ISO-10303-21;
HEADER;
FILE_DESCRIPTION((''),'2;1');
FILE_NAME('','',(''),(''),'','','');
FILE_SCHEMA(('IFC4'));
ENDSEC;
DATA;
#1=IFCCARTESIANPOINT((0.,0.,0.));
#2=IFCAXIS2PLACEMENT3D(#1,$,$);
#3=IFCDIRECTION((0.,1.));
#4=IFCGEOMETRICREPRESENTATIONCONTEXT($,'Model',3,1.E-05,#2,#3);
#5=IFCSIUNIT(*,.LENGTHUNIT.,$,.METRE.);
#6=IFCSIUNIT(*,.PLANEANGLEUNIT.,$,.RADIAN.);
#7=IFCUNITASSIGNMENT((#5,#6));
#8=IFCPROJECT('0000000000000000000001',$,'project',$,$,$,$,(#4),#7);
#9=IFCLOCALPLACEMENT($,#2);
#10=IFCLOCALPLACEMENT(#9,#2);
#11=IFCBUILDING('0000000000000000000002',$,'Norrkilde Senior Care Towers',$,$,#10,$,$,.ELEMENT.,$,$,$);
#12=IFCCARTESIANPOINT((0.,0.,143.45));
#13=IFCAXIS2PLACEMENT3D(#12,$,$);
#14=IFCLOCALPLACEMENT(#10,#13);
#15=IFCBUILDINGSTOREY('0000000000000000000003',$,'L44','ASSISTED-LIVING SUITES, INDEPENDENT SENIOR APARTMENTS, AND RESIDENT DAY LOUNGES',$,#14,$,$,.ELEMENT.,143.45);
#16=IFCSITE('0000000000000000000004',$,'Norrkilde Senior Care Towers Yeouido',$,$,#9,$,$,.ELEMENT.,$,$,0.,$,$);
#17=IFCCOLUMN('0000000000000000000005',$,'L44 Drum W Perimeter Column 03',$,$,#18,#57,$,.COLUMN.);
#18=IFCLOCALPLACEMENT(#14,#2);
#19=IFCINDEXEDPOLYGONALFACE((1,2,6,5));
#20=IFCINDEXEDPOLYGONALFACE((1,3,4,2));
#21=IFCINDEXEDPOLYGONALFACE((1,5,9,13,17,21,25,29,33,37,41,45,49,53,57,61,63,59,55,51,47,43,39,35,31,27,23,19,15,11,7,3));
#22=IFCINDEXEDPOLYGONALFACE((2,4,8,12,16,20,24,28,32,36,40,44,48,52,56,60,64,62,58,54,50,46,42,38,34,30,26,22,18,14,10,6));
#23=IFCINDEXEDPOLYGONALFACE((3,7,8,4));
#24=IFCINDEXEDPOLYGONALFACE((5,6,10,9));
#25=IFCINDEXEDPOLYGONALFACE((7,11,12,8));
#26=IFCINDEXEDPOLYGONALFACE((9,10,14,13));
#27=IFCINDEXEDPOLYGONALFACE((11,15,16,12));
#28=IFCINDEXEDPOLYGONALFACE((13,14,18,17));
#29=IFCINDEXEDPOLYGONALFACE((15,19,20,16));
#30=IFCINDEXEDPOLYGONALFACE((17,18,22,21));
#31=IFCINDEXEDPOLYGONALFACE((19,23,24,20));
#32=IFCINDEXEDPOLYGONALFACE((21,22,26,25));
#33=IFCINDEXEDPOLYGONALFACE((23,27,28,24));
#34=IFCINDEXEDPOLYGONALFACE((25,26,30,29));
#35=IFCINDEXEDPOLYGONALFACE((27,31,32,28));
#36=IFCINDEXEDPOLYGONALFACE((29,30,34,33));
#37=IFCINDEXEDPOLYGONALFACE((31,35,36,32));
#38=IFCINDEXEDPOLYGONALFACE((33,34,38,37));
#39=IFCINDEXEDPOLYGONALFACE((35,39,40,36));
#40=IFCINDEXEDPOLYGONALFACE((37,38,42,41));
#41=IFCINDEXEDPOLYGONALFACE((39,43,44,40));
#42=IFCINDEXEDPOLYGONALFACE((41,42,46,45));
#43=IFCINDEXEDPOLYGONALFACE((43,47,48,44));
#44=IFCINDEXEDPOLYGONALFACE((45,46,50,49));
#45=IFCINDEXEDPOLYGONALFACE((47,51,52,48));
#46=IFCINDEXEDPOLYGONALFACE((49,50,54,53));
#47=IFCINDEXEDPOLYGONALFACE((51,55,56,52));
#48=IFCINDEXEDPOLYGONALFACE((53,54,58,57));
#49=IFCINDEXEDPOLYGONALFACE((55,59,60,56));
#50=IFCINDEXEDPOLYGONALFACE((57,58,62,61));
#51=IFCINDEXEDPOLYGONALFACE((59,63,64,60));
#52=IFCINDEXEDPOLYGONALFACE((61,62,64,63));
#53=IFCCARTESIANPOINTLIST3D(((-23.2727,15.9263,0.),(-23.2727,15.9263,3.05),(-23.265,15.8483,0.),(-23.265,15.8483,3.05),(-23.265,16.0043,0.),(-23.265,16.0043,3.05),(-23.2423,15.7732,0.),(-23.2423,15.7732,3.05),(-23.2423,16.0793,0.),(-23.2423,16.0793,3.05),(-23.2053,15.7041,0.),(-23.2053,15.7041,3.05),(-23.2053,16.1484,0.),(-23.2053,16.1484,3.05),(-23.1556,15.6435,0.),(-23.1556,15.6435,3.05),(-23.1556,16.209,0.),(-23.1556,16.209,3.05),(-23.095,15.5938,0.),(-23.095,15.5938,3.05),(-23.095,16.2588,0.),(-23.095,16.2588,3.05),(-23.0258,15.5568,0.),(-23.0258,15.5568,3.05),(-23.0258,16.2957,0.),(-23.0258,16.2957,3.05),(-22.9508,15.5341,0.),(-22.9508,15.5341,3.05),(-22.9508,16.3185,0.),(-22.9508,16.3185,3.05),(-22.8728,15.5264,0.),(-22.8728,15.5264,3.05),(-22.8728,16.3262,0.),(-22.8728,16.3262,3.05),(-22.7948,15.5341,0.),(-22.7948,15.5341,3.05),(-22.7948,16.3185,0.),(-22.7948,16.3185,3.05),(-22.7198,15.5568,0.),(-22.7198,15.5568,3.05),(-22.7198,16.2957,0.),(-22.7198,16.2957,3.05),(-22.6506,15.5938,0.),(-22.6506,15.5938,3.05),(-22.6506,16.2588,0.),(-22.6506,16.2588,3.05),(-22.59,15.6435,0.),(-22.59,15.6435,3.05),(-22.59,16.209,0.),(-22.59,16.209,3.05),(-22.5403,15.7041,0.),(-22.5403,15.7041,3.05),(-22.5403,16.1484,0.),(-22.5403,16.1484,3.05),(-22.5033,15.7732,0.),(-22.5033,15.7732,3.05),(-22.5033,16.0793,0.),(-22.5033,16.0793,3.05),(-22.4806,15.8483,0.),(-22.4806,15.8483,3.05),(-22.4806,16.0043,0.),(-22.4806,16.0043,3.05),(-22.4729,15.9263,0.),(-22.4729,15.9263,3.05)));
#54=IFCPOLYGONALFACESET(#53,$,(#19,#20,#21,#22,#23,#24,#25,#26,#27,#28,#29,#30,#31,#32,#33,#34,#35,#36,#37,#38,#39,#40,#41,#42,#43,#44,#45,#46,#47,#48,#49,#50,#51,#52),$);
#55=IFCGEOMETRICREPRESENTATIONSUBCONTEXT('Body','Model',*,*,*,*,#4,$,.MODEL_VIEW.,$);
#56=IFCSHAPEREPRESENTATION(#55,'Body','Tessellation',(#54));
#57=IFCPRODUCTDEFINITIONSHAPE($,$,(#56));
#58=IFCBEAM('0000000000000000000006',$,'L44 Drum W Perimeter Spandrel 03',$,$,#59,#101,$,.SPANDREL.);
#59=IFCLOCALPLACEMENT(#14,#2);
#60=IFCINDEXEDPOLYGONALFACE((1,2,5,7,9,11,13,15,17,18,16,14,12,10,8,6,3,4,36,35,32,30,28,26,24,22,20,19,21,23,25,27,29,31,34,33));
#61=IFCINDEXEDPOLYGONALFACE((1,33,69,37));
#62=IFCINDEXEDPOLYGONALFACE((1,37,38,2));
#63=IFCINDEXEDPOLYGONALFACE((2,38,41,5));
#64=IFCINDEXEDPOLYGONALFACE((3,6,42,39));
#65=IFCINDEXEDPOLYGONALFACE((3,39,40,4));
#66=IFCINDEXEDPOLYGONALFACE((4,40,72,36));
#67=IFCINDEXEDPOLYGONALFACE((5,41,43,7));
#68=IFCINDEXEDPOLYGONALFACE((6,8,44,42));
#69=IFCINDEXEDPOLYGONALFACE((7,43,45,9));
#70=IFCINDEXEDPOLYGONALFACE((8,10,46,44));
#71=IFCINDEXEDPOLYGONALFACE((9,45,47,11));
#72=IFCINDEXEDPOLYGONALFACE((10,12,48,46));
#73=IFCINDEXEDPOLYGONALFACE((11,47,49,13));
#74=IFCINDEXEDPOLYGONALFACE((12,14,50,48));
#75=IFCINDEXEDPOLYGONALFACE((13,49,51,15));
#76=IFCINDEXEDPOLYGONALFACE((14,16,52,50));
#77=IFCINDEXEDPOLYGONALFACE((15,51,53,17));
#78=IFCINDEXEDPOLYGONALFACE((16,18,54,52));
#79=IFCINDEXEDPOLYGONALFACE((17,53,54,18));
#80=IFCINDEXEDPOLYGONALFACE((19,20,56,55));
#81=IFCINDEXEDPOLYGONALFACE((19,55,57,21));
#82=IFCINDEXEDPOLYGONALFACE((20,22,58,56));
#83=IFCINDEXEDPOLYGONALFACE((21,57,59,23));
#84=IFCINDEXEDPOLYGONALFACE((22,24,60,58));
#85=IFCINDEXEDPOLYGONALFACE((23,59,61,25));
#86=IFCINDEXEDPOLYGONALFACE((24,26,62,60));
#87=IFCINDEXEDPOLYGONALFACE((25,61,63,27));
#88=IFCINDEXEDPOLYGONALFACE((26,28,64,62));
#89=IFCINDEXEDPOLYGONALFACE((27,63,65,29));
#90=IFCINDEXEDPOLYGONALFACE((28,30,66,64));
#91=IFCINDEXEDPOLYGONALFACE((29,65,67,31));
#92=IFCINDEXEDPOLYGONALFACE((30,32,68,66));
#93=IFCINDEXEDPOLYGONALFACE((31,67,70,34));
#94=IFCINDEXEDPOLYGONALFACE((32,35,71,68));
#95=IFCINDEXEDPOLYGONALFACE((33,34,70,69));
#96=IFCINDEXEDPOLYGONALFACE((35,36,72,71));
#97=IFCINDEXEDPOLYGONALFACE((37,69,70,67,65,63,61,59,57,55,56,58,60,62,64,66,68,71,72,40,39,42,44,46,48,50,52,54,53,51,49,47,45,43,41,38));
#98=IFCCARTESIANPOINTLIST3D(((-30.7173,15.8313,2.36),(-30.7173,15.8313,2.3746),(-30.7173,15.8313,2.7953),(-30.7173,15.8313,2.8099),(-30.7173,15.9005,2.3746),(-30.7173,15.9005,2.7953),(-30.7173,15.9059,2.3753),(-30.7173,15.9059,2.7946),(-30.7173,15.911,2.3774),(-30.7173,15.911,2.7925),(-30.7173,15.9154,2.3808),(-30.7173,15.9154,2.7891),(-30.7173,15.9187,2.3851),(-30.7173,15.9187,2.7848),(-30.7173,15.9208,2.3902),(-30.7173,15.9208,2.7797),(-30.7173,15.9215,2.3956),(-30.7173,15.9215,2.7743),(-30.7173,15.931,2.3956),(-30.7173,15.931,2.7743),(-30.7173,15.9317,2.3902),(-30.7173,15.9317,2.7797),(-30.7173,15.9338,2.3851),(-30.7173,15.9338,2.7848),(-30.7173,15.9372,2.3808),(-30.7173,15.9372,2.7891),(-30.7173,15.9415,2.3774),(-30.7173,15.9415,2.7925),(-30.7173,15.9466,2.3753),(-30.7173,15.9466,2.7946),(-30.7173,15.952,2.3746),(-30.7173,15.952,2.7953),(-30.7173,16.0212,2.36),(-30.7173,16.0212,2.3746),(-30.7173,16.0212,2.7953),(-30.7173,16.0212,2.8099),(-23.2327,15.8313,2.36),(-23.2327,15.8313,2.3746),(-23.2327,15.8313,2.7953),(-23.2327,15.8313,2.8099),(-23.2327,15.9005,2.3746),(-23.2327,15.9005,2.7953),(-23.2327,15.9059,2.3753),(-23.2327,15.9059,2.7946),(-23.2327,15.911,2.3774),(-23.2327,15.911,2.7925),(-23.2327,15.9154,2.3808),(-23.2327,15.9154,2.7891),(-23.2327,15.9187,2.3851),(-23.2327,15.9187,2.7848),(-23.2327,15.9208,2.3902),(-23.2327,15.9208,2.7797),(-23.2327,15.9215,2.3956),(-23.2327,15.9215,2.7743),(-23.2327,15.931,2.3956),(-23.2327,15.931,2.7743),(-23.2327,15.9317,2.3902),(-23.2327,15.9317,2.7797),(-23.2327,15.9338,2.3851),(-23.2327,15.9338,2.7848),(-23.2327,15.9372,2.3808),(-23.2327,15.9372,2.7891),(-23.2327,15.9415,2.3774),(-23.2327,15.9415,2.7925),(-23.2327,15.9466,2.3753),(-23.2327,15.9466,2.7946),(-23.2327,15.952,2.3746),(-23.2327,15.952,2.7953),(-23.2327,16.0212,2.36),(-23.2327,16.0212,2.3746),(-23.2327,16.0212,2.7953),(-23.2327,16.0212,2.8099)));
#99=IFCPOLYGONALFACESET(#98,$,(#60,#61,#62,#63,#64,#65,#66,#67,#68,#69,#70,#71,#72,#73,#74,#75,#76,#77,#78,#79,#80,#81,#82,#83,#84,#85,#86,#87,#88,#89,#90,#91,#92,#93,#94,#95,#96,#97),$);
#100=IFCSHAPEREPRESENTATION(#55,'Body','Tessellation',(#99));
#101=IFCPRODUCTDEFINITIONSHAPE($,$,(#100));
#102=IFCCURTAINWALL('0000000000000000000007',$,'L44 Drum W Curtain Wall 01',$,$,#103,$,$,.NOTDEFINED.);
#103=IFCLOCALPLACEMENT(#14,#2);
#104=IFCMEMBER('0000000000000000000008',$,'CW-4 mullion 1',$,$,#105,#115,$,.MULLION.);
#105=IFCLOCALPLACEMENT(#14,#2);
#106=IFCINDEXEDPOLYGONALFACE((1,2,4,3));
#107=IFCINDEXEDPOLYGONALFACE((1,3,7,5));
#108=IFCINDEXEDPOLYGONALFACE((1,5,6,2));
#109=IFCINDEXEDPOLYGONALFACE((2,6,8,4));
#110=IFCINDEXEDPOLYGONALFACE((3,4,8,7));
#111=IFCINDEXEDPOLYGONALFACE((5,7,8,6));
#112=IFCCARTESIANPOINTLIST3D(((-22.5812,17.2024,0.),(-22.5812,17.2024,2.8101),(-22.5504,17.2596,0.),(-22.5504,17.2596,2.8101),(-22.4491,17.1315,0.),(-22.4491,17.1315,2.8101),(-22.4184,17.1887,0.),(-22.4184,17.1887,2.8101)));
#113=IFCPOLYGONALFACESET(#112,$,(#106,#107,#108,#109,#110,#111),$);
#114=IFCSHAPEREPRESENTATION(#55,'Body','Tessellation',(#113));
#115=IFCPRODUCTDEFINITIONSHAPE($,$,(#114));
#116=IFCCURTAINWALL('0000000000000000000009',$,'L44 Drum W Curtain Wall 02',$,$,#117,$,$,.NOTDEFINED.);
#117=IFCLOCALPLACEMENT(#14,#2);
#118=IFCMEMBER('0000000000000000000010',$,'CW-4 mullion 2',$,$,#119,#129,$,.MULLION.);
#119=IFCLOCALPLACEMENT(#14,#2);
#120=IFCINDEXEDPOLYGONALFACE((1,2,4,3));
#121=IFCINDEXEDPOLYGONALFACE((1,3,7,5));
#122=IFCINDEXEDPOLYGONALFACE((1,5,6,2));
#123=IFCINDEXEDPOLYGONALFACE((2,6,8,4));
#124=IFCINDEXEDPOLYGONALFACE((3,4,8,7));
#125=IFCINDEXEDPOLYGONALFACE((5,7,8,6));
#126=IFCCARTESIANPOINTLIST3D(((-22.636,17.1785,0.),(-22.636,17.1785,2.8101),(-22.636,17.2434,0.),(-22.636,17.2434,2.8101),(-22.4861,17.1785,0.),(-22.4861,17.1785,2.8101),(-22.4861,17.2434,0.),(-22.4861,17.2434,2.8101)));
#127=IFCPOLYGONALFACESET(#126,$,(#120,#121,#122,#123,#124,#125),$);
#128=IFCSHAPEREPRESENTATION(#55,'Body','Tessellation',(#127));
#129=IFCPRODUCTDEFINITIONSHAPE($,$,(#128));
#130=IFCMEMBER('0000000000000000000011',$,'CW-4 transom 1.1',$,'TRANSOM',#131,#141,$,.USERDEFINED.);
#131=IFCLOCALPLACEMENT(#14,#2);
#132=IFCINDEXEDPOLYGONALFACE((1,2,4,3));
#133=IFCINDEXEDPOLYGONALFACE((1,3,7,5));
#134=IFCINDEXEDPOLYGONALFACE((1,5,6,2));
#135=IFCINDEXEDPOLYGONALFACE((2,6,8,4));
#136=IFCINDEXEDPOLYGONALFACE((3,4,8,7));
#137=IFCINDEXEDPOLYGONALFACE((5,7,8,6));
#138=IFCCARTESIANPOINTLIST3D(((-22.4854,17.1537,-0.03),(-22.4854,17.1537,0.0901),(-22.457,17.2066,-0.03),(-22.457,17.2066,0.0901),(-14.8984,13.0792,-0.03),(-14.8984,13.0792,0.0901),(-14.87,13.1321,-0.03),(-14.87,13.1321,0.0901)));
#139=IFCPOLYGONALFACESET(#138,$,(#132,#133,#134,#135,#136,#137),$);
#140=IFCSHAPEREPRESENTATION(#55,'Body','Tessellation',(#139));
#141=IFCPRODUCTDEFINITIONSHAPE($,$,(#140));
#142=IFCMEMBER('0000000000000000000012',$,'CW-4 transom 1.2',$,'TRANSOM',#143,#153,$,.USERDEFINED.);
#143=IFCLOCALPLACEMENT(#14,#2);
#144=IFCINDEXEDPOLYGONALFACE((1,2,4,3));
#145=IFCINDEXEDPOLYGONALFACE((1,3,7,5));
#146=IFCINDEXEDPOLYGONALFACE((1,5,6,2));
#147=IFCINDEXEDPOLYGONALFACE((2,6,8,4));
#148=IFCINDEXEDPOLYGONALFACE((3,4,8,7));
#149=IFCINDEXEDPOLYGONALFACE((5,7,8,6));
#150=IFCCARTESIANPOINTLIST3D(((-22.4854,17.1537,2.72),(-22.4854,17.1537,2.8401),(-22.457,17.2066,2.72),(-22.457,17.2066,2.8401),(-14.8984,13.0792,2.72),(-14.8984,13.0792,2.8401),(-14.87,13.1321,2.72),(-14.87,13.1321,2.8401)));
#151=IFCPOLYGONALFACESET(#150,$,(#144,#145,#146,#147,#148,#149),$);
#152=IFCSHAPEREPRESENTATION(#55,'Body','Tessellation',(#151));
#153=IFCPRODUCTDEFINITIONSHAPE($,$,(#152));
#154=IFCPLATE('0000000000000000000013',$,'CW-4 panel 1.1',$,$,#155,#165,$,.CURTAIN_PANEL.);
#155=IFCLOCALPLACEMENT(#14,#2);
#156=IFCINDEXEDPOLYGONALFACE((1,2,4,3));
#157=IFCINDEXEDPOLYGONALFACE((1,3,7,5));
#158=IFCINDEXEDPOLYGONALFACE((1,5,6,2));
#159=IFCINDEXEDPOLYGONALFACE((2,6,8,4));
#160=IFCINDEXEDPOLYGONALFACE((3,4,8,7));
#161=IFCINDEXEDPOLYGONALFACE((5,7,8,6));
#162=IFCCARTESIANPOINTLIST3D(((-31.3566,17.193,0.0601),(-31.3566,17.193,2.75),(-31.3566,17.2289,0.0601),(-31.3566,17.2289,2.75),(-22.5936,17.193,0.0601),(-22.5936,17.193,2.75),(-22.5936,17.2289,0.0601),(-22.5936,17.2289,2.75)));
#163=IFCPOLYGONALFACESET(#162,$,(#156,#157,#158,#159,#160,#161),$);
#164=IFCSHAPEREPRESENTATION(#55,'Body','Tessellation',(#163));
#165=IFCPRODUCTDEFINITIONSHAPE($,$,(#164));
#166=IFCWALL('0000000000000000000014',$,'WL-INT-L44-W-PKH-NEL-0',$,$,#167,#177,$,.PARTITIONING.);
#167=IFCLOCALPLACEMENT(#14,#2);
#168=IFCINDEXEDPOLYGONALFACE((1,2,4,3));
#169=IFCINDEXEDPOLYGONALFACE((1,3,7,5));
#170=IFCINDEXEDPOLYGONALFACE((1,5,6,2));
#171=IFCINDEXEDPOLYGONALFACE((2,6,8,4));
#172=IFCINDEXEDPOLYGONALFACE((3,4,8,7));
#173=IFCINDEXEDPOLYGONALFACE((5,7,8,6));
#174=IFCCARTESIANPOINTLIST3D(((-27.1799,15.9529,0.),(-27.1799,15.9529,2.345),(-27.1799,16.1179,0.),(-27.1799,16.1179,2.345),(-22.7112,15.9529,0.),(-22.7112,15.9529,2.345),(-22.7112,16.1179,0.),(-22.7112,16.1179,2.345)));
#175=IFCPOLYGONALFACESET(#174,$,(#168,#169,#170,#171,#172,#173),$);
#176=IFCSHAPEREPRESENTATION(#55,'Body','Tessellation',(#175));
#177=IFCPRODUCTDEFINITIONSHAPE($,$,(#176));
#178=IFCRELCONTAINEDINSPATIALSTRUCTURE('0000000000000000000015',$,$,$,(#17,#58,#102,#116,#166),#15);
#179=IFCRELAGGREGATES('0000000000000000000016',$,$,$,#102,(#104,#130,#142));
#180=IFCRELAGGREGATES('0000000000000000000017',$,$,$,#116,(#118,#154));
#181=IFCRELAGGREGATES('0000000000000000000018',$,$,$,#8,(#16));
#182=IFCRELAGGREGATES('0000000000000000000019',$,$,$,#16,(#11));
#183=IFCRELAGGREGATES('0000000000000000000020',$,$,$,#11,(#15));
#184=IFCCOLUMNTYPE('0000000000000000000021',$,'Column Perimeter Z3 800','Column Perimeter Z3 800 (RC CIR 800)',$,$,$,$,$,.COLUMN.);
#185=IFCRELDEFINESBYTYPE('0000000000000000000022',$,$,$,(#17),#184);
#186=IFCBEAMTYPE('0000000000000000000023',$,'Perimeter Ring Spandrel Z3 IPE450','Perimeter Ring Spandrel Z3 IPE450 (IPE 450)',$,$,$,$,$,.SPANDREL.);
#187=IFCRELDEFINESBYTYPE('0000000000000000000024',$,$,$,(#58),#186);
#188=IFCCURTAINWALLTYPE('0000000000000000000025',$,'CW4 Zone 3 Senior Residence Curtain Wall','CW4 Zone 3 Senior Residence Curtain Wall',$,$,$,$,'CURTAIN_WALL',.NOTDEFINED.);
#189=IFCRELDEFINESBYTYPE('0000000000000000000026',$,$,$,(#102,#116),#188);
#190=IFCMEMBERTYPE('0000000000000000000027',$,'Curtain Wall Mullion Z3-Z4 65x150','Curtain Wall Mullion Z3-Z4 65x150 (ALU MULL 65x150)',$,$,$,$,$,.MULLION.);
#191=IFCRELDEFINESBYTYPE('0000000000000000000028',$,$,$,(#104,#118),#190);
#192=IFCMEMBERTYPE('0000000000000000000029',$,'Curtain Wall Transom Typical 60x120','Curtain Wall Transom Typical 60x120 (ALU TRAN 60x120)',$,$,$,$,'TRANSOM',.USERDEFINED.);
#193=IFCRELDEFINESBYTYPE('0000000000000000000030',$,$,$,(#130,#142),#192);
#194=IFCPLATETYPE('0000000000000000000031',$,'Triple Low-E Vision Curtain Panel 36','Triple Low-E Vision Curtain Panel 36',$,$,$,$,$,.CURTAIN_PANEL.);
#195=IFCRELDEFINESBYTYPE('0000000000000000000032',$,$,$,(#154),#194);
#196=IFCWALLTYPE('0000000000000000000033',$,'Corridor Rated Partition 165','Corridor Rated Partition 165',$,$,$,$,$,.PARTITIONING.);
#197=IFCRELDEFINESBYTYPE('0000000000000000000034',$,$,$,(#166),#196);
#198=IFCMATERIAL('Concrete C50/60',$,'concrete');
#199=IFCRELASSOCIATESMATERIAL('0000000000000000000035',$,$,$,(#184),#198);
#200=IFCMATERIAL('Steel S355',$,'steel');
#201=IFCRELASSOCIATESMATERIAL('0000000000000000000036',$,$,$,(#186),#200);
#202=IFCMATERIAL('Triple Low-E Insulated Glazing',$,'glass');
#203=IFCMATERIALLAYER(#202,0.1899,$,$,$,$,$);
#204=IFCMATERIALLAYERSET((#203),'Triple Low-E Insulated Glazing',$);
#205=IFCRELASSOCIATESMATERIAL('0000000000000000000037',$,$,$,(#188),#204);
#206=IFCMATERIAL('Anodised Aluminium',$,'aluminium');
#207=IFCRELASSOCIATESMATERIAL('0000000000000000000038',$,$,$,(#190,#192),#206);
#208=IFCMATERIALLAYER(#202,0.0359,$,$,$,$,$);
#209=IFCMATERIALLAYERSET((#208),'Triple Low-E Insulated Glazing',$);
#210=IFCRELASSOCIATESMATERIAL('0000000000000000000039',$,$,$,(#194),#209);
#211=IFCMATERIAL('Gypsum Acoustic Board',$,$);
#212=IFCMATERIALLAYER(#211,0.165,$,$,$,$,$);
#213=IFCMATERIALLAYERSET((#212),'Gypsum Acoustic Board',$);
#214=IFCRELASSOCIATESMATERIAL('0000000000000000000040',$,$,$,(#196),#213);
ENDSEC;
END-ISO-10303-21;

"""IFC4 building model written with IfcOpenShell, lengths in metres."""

from ifc_helpers import new_model, si_unit, direction, frame, frame_2d, origin, origin_2d, place, context, subcontext, project, spatial, rectangle, circle, i_section, extrude, source, transform, mapped, material, layer, layer_set, material_profile, profile_set, type_object, type_shapes, element, aggregate, save


model = new_model("IFC4")

# Units and contexts
model_context = context("Model", 3, precision=1e-05, world=origin(), true_north=direction((0.0, 1.0)))
body_context = subcontext(model_context, "Body", "Model", "MODEL_VIEW")
ifc_project = project(units=[si_unit("LENGTHUNIT", "METRE"), si_unit("PLANEANGLEUNIT", "RADIAN")], contexts=[model_context])

# Site, building, storey
site_placement = place(None, origin())
site = spatial("IfcSite", under=ifc_project, at=site_placement, Name="Norrkilde Senior Care Towers Yeouido", CompositionType="ELEMENT", RefElevation=0.0)
building_placement = place(site_placement, origin())
building = spatial("IfcBuilding", under=site, at=building_placement, Name="Norrkilde Senior Care Towers", CompositionType="ELEMENT")
storey_placement = place(building_placement, frame((0.0, 0.0, 143.45)))
storey = spatial("IfcBuildingStorey", under=building, at=storey_placement, Name="L44", Description="ASSISTED-LIVING SUITES, INDEPENDENT SENIOR APARTMENTS, AND RESIDENT DAY LOUNGES", CompositionType="ELEMENT", Elevation=143.45)

# Column
ifc_material_1 = material(Name="Concrete C50/60", Category="concrete")
ifc_material_profile_1 = material_profile(ifc_material_1, circle(Radius=0.3999, at=origin_2d()), Name="RC CIR 800")
ifc_profile_set_1 = profile_set([ifc_material_profile_1], Name="Concrete C50/60")
column_type = type_object("IfcColumnType", Name="Column Perimeter Z3 800", Description="Column Perimeter Z3 800 (RC CIR 800)", PredefinedType="COLUMN", material=ifc_profile_set_1)
shared_shape_1 = source(origin(), body_context, "Body", "SweptSolid", [
    extrude(circle(Radius=0.3999, at=origin_2d()), origin(), (0.0, 0.0, 1.0), 3.05),
])
type_shapes(column_type, [shared_shape_1])
column_placement = place(storey_placement, frame((-22.8728, 15.9263, 0.0), z_axis=(0.0, 0.0, 1.0), x_axis=(1.0, 0.0, 0.0)))
element("IfcColumn", 1, at=column_placement, inside=storey, type_object=column_type, Name="L44 Drum W Perimeter Column 03", PredefinedType="COLUMN", context=body_context, shape_type="MappedRepresentation", body=[
    mapped(shared_shape_1, transform((0.0, 0.0, 0.0), x_axis=(1.0, 0.0, 0.0), y_axis=(0.0, 1.0, 0.0), z_axis=(0.0, 0.0, 1.0), scale=1.0)),
])

# Beam
ifc_material_2 = material(Name="Steel S355", Category="steel")
ifc_material_profile_2 = material_profile(ifc_material_2, i_section(OverallWidth=0.1899, OverallDepth=0.45, WebThickness=0.0095, FlangeThickness=0.0146, FilletRadius=0.021, at=origin_2d()), Name="IPE 450")
ifc_profile_set_2 = profile_set([ifc_material_profile_2], Name="Steel S355")
beam_type = type_object("IfcBeamType", Name="Perimeter Ring Spandrel Z3 IPE450", Description="Perimeter Ring Spandrel Z3 IPE450 (IPE 450)", PredefinedType="SPANDREL", material=ifc_profile_set_2)
shared_shape_2 = source(origin(), body_context, "Body", "SweptSolid", [
    extrude(i_section(OverallWidth=0.1899, OverallDepth=0.45, WebThickness=0.0095, FlangeThickness=0.0146, FilletRadius=0.021, at=origin_2d()), origin(), (0.0, 0.0, 1.0), 7.4846),
])
type_shapes(beam_type, [shared_shape_2])
beam_placement = place(storey_placement, frame((-23.2327, 15.9263, 2.585), z_axis=(-1.0, 0.0, 0.0), x_axis=(0.0, -1.0, 0.0)))
element("IfcBeam", 2, at=beam_placement, inside=storey, type_object=beam_type, Name="L44 Drum W Perimeter Spandrel 03", PredefinedType="SPANDREL", context=body_context, shape_type="MappedRepresentation", body=[
    mapped(shared_shape_2, transform((0.0, 0.0, 0.0), x_axis=(1.0, 0.0, 0.0), y_axis=(0.0, 1.0, 0.0), z_axis=(0.0, 0.0, 1.0), scale=1.0)),
])

# Curtain walls, members
ifc_material_3 = material(Name="Triple Low-E Insulated Glazing", Category="glass")
ifc_layer_1 = layer(ifc_material_3, 0.1899)
ifc_layer_set_1 = layer_set([ifc_layer_1], Name="Triple Low-E Insulated Glazing")
curtain_wall_type = type_object("IfcCurtainWallType", Name="CW4 Zone 3 Senior Residence Curtain Wall", Description="CW4 Zone 3 Senior Residence Curtain Wall", ElementType="CURTAIN_WALL", PredefinedType="NOTDEFINED", material=ifc_layer_set_1)
curtain_wall_1_placement = place(storey_placement, origin())
curtain_wall_1 = element("IfcCurtainWall", 3, at=curtain_wall_1_placement, inside=storey, type_object=curtain_wall_type, Name="L44 Drum W Curtain Wall 01", PredefinedType="NOTDEFINED")
ifc_material_4 = material(Name="Anodised Aluminium", Category="aluminium")
ifc_material_profile_3 = material_profile(ifc_material_4, rectangle(XDim=0.0649, YDim=0.1499, at=origin_2d()), Name="ALU MULL 65x150")
ifc_profile_set_3 = profile_set([ifc_material_profile_3], Name="Anodised Aluminium")
member_type_1 = type_object("IfcMemberType", Name="Curtain Wall Mullion Z3-Z4 65x150", Description="Curtain Wall Mullion Z3-Z4 65x150 (ALU MULL 65x150)", PredefinedType="MULLION", material=ifc_profile_set_3)
shared_shape_3 = source(origin(), body_context, "Body", "SweptSolid", [
    extrude(rectangle(XDim=0.0649, YDim=0.1499, at=origin_2d()), origin(), (0.0, 0.0, 1.0), 2.8101),
])
type_shapes(member_type_1, [shared_shape_3])
member_1_placement = place(storey_placement, frame((-22.4998, 17.1956, 0.0), z_axis=(0.0, 0.0, 1.0), x_axis=(0.473117, 0.881, 0.0)))
member_1 = element("IfcMember", 4, at=member_1_placement, type_object=member_type_1, Name="CW-4 mullion 1", PredefinedType="MULLION", context=body_context, shape_type="MappedRepresentation", body=[
    mapped(shared_shape_3, transform((0.0, 0.0, 0.0), x_axis=(1.0, 0.0, 0.0), y_axis=(0.0, 1.0, 0.0), z_axis=(0.0, 0.0, 1.0), scale=1.0)),
])
curtain_wall_2_placement = place(storey_placement, origin())
curtain_wall_2 = element("IfcCurtainWall", 5, at=curtain_wall_2_placement, inside=storey, type_object=curtain_wall_type, Name="L44 Drum W Curtain Wall 02", PredefinedType="NOTDEFINED")
member_2_placement = place(storey_placement, frame((-22.561, 17.2109, 0.0), z_axis=(0.0, 0.0, 1.0), x_axis=(0.0, 1.0, 0.0)))
member_2 = element("IfcMember", 6, at=member_2_placement, type_object=member_type_1, Name="CW-4 mullion 2", PredefinedType="MULLION", context=body_context, shape_type="MappedRepresentation", body=[
    mapped(shared_shape_3, transform((0.0, 0.0, 0.0), x_axis=(1.0, 0.0, 0.0), y_axis=(0.0, 1.0, 0.0), z_axis=(0.0, 0.0, 1.0), scale=1.0)),
])

# Members
ifc_material_profile_4 = material_profile(ifc_material_4, rectangle(XDim=0.0601, YDim=0.1201, at=origin_2d()), Name="ALU TRAN 60x120")
ifc_profile_set_4 = profile_set([ifc_material_profile_4], Name="Anodised Aluminium")
member_type_2 = type_object("IfcMemberType", Name="Curtain Wall Transom Typical 60x120", Description="Curtain Wall Transom Typical 60x120 (ALU TRAN 60x120)", ElementType="TRANSOM", PredefinedType="USERDEFINED", material=ifc_profile_set_4)
shared_shape_4 = source(origin(), body_context, "Body", "SweptSolid", [
    extrude(rectangle(XDim=0.0601, YDim=0.1201, at=origin_2d()), origin(), (0.0, 0.0, 1.0), 8.6118),
])
type_shapes(member_type_2, [shared_shape_4])
member_3_placement = place(storey_placement, frame((-22.4712, 17.1802, 0.03), z_axis=(0.880994, -0.473127, 0.0), x_axis=(0.473127, 0.880994, 0.0)))
member_3 = element("IfcMember", 7, at=member_3_placement, type_object=member_type_2, Name="CW-4 transom 1.1", ObjectType="TRANSOM", PredefinedType="USERDEFINED", context=body_context, shape_type="MappedRepresentation", body=[
    mapped(shared_shape_4, transform((0.0, 0.0, 0.0), x_axis=(1.0, 0.0, 0.0), y_axis=(0.0, 1.0, 0.0), z_axis=(0.0, 0.0, 1.0), scale=1.0)),
])
member_4_placement = place(storey_placement, frame((-22.4712, 17.1802, 2.78), z_axis=(0.880994, -0.473127, 0.0), x_axis=(0.473127, 0.880994, 0.0)))
member_4 = element("IfcMember", 8, at=member_4_placement, type_object=member_type_2, Name="CW-4 transom 1.2", ObjectType="TRANSOM", PredefinedType="USERDEFINED", context=body_context, shape_type="MappedRepresentation", body=[
    mapped(shared_shape_4, transform((0.0, 0.0, 0.0), x_axis=(1.0, 0.0, 0.0), y_axis=(0.0, 1.0, 0.0), z_axis=(0.0, 0.0, 1.0), scale=1.0)),
])
aggregate(curtain_wall_1, [member_1, member_3, member_4])

# Plate
ifc_layer_2 = layer(ifc_material_3, 0.0359)
ifc_layer_set_2 = layer_set([ifc_layer_2], Name="Triple Low-E Insulated Glazing")
plate_type = type_object("IfcPlateType", Name="Triple Low-E Vision Curtain Panel 36", Description="Triple Low-E Vision Curtain Panel 36", PredefinedType="CURTAIN_PANEL", material=ifc_layer_set_2)
shared_shape_5 = source(origin(), body_context, "Body", "SweptSolid", [
    extrude(rectangle(XDim=8.7629, YDim=0.0359, at=origin_2d()), origin(), (0.0, 0.0, 1.0), 2.6899),
])
type_shapes(plate_type, [shared_shape_5])
plate_placement = place(storey_placement, frame((-26.9751, 17.2109, 0.0601), z_axis=(0.0, 0.0, 1.0), x_axis=(1.0, 0.0, 0.0)))
plate = element("IfcPlate", 9, at=plate_placement, type_object=plate_type, Name="CW-4 panel 1.1", PredefinedType="CURTAIN_PANEL", context=body_context, shape_type="MappedRepresentation", body=[
    mapped(shared_shape_5, transform((0.0, 0.0, 0.0), x_axis=(1.0, 0.0, 0.0), y_axis=(0.0, 1.0, 0.0), z_axis=(0.0, 0.0, 1.0), scale=1.0)),
])
aggregate(curtain_wall_2, [member_2, plate])

# Wall
ifc_material_5 = material(Name="Gypsum Acoustic Board")
ifc_layer_3 = layer(ifc_material_5, 0.165)
ifc_layer_set_3 = layer_set([ifc_layer_3], Name="Gypsum Acoustic Board")
wall_type_1 = type_object("IfcWallType", Name="Corridor Rated Partition 165", Description="Corridor Rated Partition 165", PredefinedType="PARTITIONING", material=ifc_layer_set_3)
shared_shape_6 = source(origin(), body_context, "Body", "SweptSolid", [
    extrude(rectangle(XDim=4.4688, YDim=0.165, at=frame_2d((2.2344, 0.0))), origin(), (0.0, 0.0, 1.0), 2.345),
])
wall_1_placement = place(storey_placement, frame((-27.1799, 16.0354, 0.0), z_axis=(0.0, 0.0, 1.0), x_axis=(1.0, 0.0, 0.0)))
element("IfcWall", 10, at=wall_1_placement, inside=storey, type_object=wall_type_1, Name="WL-INT-L44-W-PKH-NEL-0", PredefinedType="PARTITIONING", context=body_context, shape_type="MappedRepresentation", body=[
    mapped(shared_shape_6, transform((0.0, 0.0, 0.0), x_axis=(1.0, 0.0, 0.0), y_axis=(0.0, 1.0, 0.0), z_axis=(0.0, 0.0, 1.0), scale=1.0)),
])

save(model, "model.ifc")
